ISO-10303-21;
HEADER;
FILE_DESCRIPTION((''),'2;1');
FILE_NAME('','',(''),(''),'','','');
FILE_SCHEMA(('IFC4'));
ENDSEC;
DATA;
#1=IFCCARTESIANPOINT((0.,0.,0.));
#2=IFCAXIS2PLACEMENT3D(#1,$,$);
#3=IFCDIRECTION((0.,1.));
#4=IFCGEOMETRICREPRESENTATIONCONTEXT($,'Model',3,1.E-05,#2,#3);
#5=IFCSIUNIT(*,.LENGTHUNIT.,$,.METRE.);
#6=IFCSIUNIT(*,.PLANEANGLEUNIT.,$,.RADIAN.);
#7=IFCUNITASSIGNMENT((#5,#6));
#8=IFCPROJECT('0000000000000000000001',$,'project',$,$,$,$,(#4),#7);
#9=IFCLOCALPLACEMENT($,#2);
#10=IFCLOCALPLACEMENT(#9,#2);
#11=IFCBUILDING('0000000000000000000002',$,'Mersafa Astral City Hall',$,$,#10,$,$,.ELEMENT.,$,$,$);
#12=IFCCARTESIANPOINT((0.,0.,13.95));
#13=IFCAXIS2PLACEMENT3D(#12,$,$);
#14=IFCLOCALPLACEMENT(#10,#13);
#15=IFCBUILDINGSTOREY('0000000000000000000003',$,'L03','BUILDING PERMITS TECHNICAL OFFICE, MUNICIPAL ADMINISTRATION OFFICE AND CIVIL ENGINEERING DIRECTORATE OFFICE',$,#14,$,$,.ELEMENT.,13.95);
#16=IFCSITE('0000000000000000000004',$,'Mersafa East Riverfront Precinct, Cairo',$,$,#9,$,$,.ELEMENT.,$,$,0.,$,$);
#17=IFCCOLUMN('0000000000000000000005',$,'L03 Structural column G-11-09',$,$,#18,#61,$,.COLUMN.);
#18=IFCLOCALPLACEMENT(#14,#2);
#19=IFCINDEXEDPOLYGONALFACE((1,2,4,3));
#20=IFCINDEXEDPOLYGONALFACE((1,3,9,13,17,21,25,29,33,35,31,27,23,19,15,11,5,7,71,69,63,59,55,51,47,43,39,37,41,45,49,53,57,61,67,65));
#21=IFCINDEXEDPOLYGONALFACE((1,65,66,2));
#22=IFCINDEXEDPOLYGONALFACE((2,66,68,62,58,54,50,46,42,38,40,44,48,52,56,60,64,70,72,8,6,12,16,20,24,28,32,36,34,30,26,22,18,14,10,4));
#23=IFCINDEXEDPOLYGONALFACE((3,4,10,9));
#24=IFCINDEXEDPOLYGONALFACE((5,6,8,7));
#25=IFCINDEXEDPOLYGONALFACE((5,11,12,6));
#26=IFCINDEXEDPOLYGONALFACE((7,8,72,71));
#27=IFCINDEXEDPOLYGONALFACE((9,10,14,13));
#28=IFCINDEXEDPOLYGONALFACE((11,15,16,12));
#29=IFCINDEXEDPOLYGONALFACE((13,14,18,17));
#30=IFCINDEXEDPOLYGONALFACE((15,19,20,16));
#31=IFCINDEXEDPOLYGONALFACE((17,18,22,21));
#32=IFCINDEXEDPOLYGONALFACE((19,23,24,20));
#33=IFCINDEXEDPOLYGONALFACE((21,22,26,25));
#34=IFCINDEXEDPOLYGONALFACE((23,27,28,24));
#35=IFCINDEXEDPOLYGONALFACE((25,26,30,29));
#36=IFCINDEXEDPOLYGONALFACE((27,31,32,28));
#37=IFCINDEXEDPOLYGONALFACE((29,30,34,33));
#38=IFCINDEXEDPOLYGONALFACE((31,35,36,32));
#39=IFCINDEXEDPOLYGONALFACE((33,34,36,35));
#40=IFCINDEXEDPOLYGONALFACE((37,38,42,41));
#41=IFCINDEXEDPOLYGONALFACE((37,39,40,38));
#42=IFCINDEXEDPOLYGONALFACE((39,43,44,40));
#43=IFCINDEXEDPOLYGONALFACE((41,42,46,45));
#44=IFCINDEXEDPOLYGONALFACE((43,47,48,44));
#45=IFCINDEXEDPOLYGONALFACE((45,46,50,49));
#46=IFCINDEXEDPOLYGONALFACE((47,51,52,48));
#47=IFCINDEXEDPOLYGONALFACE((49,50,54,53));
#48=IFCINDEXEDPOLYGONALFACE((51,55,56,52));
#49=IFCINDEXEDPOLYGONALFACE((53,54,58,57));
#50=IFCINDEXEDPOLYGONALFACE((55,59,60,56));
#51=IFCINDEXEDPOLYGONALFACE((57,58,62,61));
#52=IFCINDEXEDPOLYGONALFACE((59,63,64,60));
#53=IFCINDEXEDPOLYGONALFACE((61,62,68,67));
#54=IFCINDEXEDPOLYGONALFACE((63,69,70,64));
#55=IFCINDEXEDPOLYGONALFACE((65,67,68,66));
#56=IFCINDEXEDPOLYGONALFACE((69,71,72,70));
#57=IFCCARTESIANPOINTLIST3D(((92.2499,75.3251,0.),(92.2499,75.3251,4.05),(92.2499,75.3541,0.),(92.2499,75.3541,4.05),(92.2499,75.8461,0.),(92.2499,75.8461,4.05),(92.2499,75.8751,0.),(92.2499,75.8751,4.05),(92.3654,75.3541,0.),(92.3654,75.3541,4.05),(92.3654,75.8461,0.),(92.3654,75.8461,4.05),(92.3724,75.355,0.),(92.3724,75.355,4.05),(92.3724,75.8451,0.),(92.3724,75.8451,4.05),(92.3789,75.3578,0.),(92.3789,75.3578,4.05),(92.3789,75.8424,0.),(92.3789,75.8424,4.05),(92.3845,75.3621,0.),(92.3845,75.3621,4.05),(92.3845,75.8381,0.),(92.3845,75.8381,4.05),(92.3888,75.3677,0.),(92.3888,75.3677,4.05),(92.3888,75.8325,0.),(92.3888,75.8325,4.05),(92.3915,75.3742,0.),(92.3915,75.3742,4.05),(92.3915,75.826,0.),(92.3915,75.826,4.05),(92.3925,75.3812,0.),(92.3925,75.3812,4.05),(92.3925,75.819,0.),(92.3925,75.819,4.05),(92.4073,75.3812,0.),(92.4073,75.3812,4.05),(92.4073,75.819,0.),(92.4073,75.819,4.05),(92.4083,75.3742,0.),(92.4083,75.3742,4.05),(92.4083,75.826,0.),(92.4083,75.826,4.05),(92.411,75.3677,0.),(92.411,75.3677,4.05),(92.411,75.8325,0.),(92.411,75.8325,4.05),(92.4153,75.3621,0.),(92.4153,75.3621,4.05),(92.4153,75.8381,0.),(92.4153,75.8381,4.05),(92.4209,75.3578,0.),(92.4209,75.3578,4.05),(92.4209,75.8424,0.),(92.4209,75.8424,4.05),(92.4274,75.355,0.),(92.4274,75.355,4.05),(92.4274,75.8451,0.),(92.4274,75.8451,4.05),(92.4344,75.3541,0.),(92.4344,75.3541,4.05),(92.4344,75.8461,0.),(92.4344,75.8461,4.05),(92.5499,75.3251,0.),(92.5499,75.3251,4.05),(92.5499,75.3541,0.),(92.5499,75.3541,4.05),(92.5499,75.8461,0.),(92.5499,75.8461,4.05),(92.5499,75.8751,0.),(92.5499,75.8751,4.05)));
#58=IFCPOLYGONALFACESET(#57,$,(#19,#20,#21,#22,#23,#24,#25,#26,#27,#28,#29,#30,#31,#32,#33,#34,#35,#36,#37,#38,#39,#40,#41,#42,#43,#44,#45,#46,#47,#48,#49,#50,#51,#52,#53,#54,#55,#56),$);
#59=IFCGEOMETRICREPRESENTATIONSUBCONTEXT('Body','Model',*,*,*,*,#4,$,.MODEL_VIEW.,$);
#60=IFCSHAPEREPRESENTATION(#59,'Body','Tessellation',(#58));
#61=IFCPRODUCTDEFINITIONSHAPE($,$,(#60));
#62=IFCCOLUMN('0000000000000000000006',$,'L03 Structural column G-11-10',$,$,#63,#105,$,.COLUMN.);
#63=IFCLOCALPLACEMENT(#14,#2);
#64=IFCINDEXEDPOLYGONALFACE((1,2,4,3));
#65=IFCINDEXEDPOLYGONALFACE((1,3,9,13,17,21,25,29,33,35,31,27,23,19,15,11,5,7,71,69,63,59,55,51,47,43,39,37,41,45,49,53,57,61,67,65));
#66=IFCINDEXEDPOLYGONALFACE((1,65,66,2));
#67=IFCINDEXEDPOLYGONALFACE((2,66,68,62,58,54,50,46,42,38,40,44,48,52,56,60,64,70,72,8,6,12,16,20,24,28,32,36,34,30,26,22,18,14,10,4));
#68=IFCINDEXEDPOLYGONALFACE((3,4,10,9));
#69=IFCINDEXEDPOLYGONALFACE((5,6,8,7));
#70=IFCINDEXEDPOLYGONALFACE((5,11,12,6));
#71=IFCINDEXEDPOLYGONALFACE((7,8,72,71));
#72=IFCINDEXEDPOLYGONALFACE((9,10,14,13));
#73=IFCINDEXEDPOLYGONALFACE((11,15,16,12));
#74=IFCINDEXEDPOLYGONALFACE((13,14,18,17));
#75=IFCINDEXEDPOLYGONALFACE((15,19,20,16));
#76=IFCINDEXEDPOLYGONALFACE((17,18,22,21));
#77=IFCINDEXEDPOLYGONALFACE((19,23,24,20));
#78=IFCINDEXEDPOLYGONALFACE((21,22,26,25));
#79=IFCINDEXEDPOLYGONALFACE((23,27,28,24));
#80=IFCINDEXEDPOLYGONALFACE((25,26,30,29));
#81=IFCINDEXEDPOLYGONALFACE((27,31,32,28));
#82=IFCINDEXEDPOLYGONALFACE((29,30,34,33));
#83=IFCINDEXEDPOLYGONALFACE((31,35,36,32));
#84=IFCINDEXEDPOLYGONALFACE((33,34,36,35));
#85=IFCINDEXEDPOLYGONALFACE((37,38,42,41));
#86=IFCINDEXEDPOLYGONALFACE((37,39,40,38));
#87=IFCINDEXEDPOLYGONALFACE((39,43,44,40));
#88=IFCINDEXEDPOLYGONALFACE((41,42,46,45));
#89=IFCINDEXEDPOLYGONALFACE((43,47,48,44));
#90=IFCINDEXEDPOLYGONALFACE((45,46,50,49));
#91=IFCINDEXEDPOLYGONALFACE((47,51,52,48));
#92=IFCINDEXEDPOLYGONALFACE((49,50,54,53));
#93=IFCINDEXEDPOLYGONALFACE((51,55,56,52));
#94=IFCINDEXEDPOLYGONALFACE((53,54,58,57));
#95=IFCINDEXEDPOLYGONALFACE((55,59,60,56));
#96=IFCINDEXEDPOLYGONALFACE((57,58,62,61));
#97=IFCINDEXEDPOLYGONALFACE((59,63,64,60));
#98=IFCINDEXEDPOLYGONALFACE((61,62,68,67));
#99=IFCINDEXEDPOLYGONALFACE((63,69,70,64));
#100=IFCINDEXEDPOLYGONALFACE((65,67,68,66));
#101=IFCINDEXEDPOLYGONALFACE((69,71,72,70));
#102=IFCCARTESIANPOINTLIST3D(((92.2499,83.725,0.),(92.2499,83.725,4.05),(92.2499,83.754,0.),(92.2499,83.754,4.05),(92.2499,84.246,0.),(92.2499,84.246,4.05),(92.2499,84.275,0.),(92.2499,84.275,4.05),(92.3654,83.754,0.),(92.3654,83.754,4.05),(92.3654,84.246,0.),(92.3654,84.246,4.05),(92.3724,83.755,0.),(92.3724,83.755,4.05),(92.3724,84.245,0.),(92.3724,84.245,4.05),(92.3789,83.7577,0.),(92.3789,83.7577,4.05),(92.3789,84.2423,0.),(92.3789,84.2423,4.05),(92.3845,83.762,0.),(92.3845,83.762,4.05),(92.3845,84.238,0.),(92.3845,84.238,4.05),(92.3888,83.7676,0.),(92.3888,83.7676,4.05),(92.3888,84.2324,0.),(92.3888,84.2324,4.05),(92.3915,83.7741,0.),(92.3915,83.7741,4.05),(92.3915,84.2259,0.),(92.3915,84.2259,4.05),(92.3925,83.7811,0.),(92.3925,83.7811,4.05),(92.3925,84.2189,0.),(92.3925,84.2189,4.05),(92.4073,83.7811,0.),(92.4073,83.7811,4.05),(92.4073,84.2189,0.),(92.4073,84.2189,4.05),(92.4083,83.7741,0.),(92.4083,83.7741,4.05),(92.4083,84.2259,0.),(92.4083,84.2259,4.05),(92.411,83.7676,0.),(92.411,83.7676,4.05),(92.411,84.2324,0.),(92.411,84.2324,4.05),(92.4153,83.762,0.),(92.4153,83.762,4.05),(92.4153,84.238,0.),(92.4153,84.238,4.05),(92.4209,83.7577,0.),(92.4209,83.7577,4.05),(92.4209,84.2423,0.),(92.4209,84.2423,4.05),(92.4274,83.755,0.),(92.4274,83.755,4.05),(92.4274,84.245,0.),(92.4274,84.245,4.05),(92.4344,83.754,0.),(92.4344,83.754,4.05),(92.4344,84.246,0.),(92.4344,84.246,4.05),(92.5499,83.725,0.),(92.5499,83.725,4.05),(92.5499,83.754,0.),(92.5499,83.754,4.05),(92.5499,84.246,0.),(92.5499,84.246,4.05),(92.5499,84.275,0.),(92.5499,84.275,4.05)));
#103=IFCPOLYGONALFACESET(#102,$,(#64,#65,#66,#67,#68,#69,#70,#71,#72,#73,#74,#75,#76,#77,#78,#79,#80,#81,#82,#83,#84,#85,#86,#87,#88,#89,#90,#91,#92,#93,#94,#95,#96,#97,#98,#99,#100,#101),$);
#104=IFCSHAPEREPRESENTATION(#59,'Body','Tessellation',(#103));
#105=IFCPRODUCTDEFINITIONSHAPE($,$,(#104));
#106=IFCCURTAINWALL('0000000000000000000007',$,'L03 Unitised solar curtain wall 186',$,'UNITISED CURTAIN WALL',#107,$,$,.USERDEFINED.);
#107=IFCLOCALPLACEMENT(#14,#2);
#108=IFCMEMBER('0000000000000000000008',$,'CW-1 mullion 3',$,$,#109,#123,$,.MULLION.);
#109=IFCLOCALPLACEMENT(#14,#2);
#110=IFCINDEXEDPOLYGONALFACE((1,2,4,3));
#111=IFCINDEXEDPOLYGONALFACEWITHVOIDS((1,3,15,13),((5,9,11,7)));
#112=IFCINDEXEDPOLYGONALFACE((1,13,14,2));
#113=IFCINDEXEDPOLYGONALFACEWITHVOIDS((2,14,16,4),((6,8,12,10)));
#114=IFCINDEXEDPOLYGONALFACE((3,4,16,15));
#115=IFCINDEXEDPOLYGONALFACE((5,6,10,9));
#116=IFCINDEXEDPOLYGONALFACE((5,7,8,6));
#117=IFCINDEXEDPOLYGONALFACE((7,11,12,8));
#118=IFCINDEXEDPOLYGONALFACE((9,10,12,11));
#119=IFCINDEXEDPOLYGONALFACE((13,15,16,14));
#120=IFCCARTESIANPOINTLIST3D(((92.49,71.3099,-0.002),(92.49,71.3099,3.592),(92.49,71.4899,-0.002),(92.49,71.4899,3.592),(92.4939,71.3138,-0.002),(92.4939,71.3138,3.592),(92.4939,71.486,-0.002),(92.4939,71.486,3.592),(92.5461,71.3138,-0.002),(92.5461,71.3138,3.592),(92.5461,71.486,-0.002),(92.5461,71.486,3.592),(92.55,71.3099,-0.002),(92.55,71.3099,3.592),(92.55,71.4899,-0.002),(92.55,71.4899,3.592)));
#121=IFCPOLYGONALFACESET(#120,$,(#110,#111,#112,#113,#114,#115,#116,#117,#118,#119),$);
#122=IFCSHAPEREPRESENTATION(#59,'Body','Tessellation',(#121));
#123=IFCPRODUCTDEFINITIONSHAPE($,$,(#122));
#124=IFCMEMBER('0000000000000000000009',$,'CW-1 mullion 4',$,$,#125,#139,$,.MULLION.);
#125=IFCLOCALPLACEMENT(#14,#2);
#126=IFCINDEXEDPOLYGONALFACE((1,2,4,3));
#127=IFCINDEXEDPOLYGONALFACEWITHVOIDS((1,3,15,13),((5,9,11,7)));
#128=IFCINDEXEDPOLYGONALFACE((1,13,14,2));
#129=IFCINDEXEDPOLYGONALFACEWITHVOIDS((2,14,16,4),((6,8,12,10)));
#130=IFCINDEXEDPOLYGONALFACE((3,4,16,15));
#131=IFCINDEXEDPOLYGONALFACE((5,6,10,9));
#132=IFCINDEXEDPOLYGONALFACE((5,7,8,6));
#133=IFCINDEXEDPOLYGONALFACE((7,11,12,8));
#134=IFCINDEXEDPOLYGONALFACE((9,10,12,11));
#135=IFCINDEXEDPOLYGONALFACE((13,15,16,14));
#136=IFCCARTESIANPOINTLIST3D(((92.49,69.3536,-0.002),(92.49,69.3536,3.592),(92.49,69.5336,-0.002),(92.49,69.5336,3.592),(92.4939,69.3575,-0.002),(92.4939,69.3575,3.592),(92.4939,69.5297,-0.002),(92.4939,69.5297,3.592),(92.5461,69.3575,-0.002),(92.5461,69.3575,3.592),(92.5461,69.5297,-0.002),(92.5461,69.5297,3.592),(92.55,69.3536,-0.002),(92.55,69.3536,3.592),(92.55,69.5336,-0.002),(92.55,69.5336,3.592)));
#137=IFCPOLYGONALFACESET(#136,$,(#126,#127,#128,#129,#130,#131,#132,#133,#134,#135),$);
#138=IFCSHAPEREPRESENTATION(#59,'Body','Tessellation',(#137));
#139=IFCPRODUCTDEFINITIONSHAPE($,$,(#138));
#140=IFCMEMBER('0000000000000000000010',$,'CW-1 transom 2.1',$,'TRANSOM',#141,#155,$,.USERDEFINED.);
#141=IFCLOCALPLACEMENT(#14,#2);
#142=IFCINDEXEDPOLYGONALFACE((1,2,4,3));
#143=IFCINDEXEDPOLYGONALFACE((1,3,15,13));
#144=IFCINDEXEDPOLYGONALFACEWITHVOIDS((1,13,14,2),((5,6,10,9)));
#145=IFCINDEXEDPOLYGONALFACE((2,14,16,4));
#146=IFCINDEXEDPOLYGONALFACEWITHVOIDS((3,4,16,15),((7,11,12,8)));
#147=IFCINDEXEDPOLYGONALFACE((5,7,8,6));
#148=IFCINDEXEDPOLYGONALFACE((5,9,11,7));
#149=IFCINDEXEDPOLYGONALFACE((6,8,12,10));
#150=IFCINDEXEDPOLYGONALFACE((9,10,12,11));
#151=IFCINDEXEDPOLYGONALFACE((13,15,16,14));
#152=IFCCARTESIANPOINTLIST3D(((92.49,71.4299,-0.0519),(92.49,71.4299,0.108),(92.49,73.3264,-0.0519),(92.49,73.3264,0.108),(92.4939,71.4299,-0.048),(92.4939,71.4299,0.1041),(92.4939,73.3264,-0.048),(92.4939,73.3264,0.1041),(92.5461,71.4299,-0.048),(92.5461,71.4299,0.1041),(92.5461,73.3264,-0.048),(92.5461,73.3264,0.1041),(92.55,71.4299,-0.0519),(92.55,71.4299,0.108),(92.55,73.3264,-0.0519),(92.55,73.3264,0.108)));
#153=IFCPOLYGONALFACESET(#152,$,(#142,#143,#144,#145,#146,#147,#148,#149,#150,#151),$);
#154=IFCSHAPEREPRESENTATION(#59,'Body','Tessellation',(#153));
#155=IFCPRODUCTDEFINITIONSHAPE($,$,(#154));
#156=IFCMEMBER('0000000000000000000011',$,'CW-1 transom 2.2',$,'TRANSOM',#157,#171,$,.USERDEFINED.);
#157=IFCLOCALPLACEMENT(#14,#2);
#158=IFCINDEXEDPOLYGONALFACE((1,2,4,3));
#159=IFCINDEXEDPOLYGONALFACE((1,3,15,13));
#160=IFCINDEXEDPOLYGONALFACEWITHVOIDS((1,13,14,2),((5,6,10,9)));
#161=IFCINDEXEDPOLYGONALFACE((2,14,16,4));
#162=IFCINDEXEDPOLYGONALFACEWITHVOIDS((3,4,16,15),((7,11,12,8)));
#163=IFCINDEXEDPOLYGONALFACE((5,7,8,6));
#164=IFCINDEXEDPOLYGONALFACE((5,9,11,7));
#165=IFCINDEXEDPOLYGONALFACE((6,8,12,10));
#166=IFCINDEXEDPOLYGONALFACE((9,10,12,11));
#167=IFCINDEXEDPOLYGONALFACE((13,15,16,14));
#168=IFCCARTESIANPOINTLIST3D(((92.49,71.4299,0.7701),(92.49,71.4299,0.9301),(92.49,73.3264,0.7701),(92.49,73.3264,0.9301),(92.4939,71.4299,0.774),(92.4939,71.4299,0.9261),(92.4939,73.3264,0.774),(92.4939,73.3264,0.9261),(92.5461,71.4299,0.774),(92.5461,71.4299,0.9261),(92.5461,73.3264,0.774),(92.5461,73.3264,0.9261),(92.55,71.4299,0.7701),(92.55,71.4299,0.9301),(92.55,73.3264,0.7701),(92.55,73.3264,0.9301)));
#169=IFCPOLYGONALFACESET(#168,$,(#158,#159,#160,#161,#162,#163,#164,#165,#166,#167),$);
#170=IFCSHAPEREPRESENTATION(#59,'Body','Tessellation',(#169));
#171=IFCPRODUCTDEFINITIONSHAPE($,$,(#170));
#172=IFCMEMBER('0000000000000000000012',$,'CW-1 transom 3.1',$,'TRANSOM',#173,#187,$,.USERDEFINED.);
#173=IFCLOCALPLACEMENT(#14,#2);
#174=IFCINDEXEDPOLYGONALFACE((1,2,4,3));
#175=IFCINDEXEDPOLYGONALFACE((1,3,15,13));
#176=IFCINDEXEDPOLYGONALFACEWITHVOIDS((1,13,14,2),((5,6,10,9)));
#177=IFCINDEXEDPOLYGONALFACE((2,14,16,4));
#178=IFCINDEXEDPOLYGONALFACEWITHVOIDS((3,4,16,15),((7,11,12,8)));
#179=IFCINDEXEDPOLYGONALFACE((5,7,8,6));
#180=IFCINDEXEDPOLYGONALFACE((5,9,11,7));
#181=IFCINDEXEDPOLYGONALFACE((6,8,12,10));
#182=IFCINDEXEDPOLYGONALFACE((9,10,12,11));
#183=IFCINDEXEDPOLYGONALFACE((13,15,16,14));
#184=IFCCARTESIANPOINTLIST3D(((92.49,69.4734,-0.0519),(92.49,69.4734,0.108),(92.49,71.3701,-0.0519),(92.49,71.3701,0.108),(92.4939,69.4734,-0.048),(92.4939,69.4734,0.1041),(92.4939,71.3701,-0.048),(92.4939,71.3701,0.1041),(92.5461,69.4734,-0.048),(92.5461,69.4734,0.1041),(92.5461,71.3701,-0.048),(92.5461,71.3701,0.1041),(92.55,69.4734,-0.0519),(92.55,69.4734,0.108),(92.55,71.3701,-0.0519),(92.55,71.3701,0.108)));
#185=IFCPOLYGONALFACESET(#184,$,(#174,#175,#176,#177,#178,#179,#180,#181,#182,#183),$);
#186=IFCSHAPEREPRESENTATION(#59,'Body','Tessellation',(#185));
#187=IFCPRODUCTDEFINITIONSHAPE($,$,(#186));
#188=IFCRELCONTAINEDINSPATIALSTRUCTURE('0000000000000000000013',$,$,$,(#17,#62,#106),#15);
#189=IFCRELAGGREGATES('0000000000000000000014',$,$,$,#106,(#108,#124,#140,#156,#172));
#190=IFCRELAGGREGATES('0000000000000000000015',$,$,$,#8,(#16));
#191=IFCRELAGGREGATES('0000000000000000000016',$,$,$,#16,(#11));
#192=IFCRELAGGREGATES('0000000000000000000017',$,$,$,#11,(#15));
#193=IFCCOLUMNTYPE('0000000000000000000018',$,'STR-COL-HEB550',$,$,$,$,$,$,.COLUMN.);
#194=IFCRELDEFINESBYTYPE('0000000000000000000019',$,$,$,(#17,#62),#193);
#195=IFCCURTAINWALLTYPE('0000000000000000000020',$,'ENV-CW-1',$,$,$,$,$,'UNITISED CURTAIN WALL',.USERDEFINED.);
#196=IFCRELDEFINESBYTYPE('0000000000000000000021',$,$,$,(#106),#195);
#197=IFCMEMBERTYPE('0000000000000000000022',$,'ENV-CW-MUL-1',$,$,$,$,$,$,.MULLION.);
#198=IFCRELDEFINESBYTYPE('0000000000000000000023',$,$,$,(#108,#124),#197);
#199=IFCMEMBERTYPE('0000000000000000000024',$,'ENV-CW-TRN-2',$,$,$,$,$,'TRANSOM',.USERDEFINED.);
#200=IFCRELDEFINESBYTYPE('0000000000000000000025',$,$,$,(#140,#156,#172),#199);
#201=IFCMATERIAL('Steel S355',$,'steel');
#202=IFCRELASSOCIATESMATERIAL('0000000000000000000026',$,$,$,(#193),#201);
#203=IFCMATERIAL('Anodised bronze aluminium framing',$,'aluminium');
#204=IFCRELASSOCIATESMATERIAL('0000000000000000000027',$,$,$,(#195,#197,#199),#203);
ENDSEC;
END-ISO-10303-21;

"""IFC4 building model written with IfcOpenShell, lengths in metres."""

from ifc_helpers import new_model, si_unit, direction, frame, origin, origin_2d, place, context, subcontext, project, spatial, hollow_rectangle, i_section, extrude, material, material_profile, profile_set, type_object, element, aggregate, save


model = new_model("IFC4")

# Units and contexts
model_context = context("Model", 3, precision=1e-05, world=origin(), true_north=direction((0.0, 1.0)))
body_context = subcontext(model_context, "Body", "Model", "MODEL_VIEW")
ifc_project = project(units=[si_unit("LENGTHUNIT", "METRE"), si_unit("PLANEANGLEUNIT", "RADIAN")], contexts=[model_context])

# Site, building, storey
site_placement = place(None, origin())
site = spatial("IfcSite", under=ifc_project, at=site_placement, Name="Mersafa East Riverfront Precinct, Cairo", CompositionType="ELEMENT", RefElevation=0.0)
building_placement = place(site_placement, origin())
building = spatial("IfcBuilding", under=site, at=building_placement, Name="Mersafa Astral City Hall", CompositionType="ELEMENT")
storey_placement = place(building_placement, frame((0.0, 0.0, 13.95)))
storey = spatial("IfcBuildingStorey", under=building, at=storey_placement, Name="L03", Description="BUILDING PERMITS TECHNICAL OFFICE, MUNICIPAL ADMINISTRATION OFFICE AND CIVIL ENGINEERING DIRECTORATE OFFICE", CompositionType="ELEMENT", Elevation=13.95)

# Columns
ifc_material_1 = material(Name="Steel S355", Category="steel")
ifc_material_profile_1 = material_profile(ifc_material_1, i_section(OverallWidth=0.3, OverallDepth=0.55, WebThickness=0.0149, FlangeThickness=0.0291, FilletRadius=0.0271, at=origin_2d()), Name="HEB 550")
ifc_profile_set_1 = profile_set([ifc_material_profile_1], Name="Steel S355")
column_type = type_object("IfcColumnType", Name="STR-COL-HEB550", PredefinedType="COLUMN", material=ifc_profile_set_1)
for number, where, z_axis, x_axis, name in (
    (1, (92.3999, 75.6001, 0.0), (0.0, 0.0, 1.0), (1.0, 0.0, 0.0), "L03 Structural column G-11-09"),
    (2, (92.3999, 84.0, 0.0), (0.0, 0.0, 1.0), (1.0, 0.0, 0.0), "L03 Structural column G-11-10"),
):
    element("IfcColumn", number, at=place(storey_placement, frame(where, z_axis=z_axis, x_axis=x_axis)), inside=storey, type_object=column_type, Name=name, PredefinedType="COLUMN", context=body_context, shape_type="SweptSolid", body=[
        extrude(i_section(OverallWidth=0.3, OverallDepth=0.55, WebThickness=0.0149, FlangeThickness=0.0291, FilletRadius=0.0271, at=origin_2d()), origin(), (0.0, 0.0, 1.0), 4.05),
    ])

# Curtain wall, members
ifc_material_2 = material(Name="Anodised bronze aluminium framing", Category="aluminium")
curtain_wall_type = type_object("IfcCurtainWallType", Name="ENV-CW-1", ElementType="UNITISED CURTAIN WALL", PredefinedType="USERDEFINED", material=ifc_material_2)
curtain_wall_placement = place(storey_placement, origin())
curtain_wall = element("IfcCurtainWall", 3, at=curtain_wall_placement, inside=storey, type_object=curtain_wall_type, Name="L03 Unitised solar curtain wall 186", ObjectType="UNITISED CURTAIN WALL", PredefinedType="USERDEFINED")
ifc_material_profile_2 = material_profile(ifc_material_2, hollow_rectangle(XDim=0.0601, YDim=0.1799, WallThickness=0.0039, at=origin_2d()), Name="RHS 60x180x4")
ifc_profile_set_2 = profile_set([ifc_material_profile_2], Name="Anodised bronze aluminium framing")
member_type_1 = type_object("IfcMemberType", Name="ENV-CW-MUL-1", PredefinedType="MULLION", material=ifc_profile_set_2)
member_1_placement = place(storey_placement, frame((92.52, 71.3999, -0.002), z_axis=(0.0, 0.0, 1.0), x_axis=(1.0, 0.0, 0.0)))
member_1 = element("IfcMember", 4, at=member_1_placement, type_object=member_type_1, Name="CW-1 mullion 3", PredefinedType="MULLION", context=body_context, shape_type="SweptSolid", body=[
    extrude(hollow_rectangle(XDim=0.0601, YDim=0.1799, WallThickness=0.0039, at=origin_2d()), origin(), (0.0, 0.0, 1.0), 3.594),
])
member_2_placement = place(storey_placement, frame((92.52, 69.4436, -0.002), z_axis=(0.0, 0.0, 1.0), x_axis=(1.0, 0.0, 0.0)))
member_2 = element("IfcMember", 5, at=member_2_placement, type_object=member_type_1, Name="CW-1 mullion 4", PredefinedType="MULLION", context=body_context, shape_type="SweptSolid", body=[
    extrude(hollow_rectangle(XDim=0.0601, YDim=0.1799, WallThickness=0.0039, at=origin_2d()), origin(), (0.0, 0.0, 1.0), 3.594),
])
ifc_material_profile_3 = material_profile(ifc_material_2, hollow_rectangle(XDim=0.0601, YDim=0.1599, WallThickness=0.0039, at=origin_2d()), Name="RHS 60x160x4")
ifc_profile_set_3 = profile_set([ifc_material_profile_3], Name="Anodised bronze aluminium framing")
member_type_2 = type_object("IfcMemberType", Name="ENV-CW-TRN-2", ElementType="TRANSOM", PredefinedType="USERDEFINED", material=ifc_profile_set_3)
member_3_placement = place(storey_placement, frame((92.52, 73.3264, 0.0281), z_axis=(0.0, -1.0, 0.0), x_axis=(1.0, 0.0, 0.0)))
member_3 = element("IfcMember", 6, at=member_3_placement, type_object=member_type_2, Name="CW-1 transom 2.1", ObjectType="TRANSOM", PredefinedType="USERDEFINED", context=body_context, shape_type="SweptSolid", body=[
    extrude(hollow_rectangle(XDim=0.0601, YDim=0.1599, WallThickness=0.0039, at=origin_2d()), origin(), (0.0, 0.0, 1.0), 1.8965),
])
member_4_placement = place(storey_placement, frame((92.52, 73.3264, 0.8501), z_axis=(0.0, -1.0, 0.0), x_axis=(1.0, 0.0, 0.0)))
member_4 = element("IfcMember", 7, at=member_4_placement, type_object=member_type_2, Name="CW-1 transom 2.2", ObjectType="TRANSOM", PredefinedType="USERDEFINED", context=body_context, shape_type="SweptSolid", body=[
    extrude(hollow_rectangle(XDim=0.0601, YDim=0.1599, WallThickness=0.0039, at=origin_2d()), origin(), (0.0, 0.0, 1.0), 1.8965),
])
member_5_placement = place(storey_placement, frame((92.52, 71.3701, 0.0281), z_axis=(0.0, -1.0, 0.0), x_axis=(1.0, 0.0, 0.0)))
member_5 = element("IfcMember", 8, at=member_5_placement, type_object=member_type_2, Name="CW-1 transom 3.1", ObjectType="TRANSOM", PredefinedType="USERDEFINED", context=body_context, shape_type="SweptSolid", body=[
    extrude(hollow_rectangle(XDim=0.0601, YDim=0.1599, WallThickness=0.0039, at=origin_2d()), origin(), (0.0, 0.0, 1.0), 1.8967),
])

aggregate(curtain_wall, [member_1, member_2, member_3, member_4, member_5])

save(model, "model.ifc")
